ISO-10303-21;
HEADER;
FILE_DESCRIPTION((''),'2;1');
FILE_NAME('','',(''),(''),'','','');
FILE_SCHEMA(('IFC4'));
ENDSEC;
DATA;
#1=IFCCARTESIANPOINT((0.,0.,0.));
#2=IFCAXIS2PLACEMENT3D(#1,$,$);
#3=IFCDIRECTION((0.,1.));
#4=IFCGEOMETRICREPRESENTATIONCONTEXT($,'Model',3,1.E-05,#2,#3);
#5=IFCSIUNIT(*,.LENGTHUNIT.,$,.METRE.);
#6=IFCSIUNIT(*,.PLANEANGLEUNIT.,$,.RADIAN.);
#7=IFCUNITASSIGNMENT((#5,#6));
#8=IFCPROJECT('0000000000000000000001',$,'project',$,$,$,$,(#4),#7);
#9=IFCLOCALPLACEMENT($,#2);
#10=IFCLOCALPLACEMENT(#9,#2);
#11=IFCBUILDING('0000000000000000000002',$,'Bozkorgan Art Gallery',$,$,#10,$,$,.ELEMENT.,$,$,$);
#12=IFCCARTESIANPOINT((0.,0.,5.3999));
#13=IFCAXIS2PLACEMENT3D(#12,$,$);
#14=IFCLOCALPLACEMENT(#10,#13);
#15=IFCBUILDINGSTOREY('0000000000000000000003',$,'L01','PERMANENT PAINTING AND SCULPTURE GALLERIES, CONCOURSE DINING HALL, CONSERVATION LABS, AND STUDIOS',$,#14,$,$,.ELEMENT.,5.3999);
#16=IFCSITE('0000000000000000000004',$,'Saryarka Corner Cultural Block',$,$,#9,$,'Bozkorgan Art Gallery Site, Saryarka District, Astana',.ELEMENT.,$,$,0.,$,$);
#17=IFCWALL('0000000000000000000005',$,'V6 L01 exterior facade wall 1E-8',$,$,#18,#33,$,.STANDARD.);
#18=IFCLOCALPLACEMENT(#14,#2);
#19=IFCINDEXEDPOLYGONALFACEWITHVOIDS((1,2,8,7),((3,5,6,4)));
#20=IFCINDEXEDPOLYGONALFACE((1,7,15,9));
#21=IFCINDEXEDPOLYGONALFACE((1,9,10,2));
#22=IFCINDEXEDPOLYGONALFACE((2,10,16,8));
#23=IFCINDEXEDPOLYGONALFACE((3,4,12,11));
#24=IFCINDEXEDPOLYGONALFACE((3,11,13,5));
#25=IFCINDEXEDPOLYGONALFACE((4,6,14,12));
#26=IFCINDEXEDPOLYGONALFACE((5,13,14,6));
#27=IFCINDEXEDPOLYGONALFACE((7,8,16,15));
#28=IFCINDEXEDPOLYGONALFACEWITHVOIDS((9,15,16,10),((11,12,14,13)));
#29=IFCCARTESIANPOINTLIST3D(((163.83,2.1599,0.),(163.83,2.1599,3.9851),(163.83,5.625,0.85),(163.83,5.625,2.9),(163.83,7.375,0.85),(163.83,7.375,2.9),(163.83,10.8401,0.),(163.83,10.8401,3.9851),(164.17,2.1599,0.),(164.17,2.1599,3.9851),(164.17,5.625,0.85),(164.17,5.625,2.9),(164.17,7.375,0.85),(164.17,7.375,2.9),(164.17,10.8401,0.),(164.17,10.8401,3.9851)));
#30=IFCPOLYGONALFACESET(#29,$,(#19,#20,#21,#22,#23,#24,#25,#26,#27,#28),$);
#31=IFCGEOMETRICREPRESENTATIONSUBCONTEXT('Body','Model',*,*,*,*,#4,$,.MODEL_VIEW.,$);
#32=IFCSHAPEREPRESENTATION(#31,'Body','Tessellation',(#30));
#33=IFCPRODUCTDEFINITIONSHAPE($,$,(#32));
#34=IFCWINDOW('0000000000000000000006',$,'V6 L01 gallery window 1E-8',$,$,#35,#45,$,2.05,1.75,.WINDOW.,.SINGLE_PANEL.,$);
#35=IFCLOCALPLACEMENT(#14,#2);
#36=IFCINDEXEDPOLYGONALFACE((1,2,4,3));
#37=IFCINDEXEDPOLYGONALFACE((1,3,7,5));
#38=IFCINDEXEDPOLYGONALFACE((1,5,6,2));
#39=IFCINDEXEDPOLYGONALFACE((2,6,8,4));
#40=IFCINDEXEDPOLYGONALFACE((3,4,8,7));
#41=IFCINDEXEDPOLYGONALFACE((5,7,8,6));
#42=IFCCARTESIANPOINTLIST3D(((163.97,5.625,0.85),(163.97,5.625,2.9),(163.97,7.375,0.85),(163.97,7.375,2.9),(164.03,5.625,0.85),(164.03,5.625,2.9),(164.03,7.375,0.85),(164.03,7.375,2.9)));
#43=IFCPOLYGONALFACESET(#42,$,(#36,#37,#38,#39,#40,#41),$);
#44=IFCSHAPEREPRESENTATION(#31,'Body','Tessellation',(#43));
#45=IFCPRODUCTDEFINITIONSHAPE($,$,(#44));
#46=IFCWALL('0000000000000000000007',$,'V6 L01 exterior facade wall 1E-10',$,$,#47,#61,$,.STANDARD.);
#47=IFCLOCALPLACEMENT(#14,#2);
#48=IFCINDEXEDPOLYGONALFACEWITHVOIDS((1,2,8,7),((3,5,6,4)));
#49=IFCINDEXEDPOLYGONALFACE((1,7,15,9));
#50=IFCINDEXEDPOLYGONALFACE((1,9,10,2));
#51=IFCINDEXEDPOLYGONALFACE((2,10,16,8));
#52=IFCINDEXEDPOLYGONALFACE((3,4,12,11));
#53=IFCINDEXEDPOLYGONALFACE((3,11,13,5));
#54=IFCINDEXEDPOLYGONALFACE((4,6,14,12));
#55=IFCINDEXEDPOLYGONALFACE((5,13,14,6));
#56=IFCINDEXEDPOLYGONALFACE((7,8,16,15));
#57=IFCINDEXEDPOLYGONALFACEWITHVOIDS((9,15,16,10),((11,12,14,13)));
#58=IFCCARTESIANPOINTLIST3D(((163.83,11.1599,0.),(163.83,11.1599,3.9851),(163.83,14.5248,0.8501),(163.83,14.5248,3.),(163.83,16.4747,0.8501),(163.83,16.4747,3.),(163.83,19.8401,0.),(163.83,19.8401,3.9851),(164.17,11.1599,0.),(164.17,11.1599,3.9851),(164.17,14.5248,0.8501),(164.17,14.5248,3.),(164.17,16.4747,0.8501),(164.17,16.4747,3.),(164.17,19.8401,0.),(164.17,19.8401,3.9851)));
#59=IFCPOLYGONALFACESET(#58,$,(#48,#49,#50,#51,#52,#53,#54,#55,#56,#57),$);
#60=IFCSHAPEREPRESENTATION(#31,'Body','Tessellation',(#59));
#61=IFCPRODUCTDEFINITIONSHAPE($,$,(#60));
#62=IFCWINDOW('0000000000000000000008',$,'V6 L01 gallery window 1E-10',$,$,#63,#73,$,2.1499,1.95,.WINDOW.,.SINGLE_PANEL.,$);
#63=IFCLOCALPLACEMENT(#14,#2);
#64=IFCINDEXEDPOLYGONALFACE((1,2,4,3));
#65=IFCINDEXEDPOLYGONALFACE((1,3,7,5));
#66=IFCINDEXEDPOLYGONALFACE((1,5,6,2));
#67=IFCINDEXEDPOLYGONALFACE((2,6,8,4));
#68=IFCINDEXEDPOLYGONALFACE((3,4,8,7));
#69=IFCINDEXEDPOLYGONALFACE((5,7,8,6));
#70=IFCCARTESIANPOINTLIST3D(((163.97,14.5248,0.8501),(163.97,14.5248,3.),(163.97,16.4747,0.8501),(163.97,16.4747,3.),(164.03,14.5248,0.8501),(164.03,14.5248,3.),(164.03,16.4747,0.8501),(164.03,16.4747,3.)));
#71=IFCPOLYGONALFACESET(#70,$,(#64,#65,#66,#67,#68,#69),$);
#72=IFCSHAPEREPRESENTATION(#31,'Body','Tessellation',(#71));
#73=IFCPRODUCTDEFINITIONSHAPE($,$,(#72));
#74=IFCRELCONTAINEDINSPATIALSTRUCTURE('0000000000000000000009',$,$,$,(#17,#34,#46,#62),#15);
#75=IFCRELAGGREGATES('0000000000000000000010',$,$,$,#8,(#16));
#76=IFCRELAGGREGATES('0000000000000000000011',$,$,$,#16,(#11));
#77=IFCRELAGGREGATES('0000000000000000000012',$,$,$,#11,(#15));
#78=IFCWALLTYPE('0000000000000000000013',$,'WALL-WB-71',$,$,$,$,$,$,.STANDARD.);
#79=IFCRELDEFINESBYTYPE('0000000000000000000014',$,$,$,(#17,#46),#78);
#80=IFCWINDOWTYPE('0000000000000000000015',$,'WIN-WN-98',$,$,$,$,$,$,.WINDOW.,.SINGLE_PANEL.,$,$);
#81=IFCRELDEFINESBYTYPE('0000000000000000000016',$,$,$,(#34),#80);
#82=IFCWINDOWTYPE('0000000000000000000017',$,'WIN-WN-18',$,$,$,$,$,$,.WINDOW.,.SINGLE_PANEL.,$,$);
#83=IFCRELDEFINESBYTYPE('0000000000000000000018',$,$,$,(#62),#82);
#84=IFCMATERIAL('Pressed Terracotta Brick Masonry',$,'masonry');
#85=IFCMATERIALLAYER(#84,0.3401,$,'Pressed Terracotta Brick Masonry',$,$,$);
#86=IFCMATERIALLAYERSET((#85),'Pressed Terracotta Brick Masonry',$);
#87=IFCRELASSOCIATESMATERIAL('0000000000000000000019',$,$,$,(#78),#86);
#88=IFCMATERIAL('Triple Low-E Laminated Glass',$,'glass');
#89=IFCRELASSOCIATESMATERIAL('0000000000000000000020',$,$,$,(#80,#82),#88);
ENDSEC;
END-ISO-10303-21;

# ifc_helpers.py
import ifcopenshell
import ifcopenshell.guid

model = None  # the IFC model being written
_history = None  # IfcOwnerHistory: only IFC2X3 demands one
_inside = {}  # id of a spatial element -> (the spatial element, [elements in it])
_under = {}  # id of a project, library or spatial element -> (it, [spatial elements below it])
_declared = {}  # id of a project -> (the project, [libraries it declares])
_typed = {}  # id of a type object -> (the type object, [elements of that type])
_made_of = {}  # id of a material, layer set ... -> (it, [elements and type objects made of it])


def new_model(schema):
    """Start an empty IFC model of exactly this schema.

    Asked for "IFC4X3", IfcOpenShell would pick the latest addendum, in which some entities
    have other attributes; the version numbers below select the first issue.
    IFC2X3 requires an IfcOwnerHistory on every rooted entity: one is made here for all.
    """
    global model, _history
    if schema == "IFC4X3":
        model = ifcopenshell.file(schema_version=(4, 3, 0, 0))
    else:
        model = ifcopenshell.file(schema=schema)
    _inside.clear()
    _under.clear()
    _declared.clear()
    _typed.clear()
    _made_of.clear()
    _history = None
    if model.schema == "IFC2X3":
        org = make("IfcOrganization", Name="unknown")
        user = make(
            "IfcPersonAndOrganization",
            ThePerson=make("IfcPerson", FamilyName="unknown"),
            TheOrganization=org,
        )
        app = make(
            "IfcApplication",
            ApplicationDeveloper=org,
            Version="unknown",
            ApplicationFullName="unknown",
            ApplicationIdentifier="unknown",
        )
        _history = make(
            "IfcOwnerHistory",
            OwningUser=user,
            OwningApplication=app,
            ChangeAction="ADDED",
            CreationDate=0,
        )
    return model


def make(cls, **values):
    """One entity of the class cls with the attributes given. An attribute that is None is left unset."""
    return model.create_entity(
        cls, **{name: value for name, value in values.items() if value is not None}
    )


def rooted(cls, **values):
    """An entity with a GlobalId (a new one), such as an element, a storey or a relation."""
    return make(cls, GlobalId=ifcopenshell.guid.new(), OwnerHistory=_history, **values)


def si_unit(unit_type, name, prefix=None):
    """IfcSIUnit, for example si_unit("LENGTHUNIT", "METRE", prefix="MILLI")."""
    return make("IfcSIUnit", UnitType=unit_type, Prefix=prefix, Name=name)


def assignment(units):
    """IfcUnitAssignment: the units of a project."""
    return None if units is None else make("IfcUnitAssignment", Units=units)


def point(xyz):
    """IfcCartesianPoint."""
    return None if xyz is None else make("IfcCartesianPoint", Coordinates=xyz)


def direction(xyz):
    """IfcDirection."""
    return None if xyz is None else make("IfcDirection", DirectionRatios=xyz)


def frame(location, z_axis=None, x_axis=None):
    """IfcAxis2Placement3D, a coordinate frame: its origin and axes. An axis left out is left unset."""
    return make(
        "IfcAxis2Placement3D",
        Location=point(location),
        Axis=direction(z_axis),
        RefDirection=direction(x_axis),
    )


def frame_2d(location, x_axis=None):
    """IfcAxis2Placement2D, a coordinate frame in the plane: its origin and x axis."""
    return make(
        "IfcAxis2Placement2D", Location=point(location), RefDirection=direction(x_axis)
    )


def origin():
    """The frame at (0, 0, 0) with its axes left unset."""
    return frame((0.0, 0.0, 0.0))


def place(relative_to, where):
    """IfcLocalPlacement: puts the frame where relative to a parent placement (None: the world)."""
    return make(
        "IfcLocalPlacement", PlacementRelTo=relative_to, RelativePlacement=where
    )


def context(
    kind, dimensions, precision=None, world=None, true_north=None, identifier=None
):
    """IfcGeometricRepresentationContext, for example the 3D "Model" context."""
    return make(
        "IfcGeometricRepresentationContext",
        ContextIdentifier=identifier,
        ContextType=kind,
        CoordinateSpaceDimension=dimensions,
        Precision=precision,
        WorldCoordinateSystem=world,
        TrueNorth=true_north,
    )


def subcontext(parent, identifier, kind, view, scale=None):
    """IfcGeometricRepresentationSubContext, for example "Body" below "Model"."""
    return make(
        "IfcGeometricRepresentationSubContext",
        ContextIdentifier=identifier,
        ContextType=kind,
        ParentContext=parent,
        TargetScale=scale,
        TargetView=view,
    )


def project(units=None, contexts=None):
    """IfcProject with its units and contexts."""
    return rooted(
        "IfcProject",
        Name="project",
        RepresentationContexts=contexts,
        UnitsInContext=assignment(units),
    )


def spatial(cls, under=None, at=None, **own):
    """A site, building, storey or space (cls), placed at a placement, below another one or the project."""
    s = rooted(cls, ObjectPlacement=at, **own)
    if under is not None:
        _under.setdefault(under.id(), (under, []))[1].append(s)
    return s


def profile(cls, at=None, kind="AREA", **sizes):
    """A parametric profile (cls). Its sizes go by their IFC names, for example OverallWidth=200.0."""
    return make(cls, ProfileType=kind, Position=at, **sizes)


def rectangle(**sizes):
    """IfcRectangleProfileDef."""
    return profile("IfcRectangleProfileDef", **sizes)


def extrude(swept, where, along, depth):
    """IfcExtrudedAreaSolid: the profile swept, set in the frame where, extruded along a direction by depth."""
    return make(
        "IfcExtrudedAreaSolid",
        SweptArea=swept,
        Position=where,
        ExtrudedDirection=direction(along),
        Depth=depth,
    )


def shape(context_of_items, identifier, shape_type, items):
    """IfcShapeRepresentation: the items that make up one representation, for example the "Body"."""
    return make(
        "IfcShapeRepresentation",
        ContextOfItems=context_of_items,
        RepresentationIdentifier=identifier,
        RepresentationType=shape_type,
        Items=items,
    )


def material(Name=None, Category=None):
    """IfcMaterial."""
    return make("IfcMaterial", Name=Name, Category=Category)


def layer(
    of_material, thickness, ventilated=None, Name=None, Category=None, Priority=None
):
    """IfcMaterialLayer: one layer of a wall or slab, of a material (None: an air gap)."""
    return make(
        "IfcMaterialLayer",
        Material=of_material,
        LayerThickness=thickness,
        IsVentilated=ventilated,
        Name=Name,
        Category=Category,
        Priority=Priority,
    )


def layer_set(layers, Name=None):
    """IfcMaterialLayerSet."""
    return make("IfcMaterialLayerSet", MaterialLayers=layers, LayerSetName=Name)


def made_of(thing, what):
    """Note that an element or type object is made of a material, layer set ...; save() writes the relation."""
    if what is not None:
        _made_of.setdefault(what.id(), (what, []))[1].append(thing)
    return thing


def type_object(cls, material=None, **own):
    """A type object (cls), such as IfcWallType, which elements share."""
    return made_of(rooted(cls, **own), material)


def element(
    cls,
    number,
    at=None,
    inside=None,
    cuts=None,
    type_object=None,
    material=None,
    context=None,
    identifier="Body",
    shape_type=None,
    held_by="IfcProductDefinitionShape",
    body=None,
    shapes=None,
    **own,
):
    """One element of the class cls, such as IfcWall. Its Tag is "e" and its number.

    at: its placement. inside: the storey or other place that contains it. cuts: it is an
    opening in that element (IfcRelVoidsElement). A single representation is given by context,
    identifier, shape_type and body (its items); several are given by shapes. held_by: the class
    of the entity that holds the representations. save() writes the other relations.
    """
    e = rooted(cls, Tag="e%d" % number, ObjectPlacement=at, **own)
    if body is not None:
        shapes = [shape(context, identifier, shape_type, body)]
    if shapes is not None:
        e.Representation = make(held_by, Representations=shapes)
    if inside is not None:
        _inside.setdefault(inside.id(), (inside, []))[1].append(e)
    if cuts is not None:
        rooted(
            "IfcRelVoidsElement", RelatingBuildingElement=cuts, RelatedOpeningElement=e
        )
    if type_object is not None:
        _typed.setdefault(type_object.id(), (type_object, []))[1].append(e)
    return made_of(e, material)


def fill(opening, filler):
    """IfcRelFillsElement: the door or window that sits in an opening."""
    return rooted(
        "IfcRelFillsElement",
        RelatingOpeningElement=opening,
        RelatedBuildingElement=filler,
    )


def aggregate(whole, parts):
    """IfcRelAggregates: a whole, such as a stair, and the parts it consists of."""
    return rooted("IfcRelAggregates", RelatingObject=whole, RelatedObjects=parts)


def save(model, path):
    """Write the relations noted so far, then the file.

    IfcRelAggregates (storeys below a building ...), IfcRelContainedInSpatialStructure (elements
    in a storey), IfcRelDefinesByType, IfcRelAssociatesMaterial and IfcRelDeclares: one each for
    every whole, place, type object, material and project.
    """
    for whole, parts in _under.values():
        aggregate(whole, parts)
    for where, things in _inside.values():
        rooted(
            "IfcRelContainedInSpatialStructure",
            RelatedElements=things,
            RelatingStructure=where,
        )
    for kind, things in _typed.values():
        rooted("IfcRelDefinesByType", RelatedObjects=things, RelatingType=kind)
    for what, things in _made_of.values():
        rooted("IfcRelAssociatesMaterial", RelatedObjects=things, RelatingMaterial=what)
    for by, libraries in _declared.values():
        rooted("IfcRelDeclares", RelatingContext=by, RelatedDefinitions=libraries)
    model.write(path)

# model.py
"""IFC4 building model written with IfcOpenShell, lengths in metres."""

from ifc_helpers import new_model, si_unit, direction, frame, frame_2d, origin, place, context, subcontext, project, spatial, rectangle, extrude, material, layer, layer_set, type_object, element, fill, save


model = new_model("IFC4")

# Units and contexts
model_context = context("Model", 3, precision=1e-05, world=origin(), true_north=direction((0.0, 1.0)))
body_context = subcontext(model_context, "Body", "Model", "MODEL_VIEW")
ifc_project = project(units=[si_unit("LENGTHUNIT", "METRE"), si_unit("PLANEANGLEUNIT", "RADIAN")], contexts=[model_context])

# Site, building, storey
site_placement = place(None, origin())
site = spatial("IfcSite", under=ifc_project, at=site_placement, Name="Saryarka Corner Cultural Block", LongName="Bozkorgan Art Gallery Site, Saryarka District, Astana", CompositionType="ELEMENT", RefElevation=0.0)
building_placement = place(site_placement, origin())
building = spatial("IfcBuilding", under=site, at=building_placement, Name="Bozkorgan Art Gallery", CompositionType="ELEMENT")
storey_placement = place(building_placement, frame((0.0, 0.0, 5.3999)))
storey = spatial("IfcBuildingStorey", under=building, at=storey_placement, Name="L01", Description="PERMANENT PAINTING AND SCULPTURE GALLERIES, CONCOURSE DINING HALL, CONSERVATION LABS, AND STUDIOS", CompositionType="ELEMENT", Elevation=5.3999)

# Walls, openings, windows
ifc_material_1 = material(Name="Pressed Terracotta Brick Masonry", Category="masonry")
ifc_layer_1 = layer(ifc_material_1, 0.3401, Name="Pressed Terracotta Brick Masonry")
ifc_layer_set_1 = layer_set([ifc_layer_1], Name="Pressed Terracotta Brick Masonry")
wall_type_1 = type_object("IfcWallType", Name="WALL-WB-71", PredefinedType="STANDARD", material=ifc_layer_set_1)
ifc_material_2 = material(Name="Triple Low-E Laminated Glass", Category="glass")
wall_1_placement = place(storey_placement, frame((164.0, 2.1599, 0.0), z_axis=(0.0, 0.0, 1.0), x_axis=(0.0, 1.0, 0.0)))
wall_1 = element("IfcWall", 1, at=wall_1_placement, inside=storey, type_object=wall_type_1, Name="V6 L01 exterior facade wall 1E-8", PredefinedType="STANDARD", context=body_context, shape_type="SweptSolid", body=[
    extrude(rectangle(XDim=8.6802, YDim=0.3401, at=frame_2d((4.3401, 0.0))), origin(), (0.0, 0.0, 1.0), 3.9851),
])
opening_1_placement = place(wall_1_placement, frame((5.2151, 0.0, 0.8501), z_axis=(0.0, 0.0, 1.0), x_axis=(-1.0, 0.0, 0.0)))
opening_1 = element("IfcOpeningElement", 2, at=opening_1_placement, cuts=wall_1, PredefinedType="OPENING", context=body_context, shape_type="SweptSolid", body=[
    extrude(rectangle(XDim=1.75, YDim=2.05, at=frame_2d((0.875, 1.0249))), frame((0.0, 0.1802, 0.0), z_axis=(0.0, -1.0, 0.0), x_axis=(1.0, 0.0, 0.0)), (0.0, 0.0, 1.0), 0.3601),
])
window_type_1 = type_object("IfcWindowType", Name="WIN-WN-98", PartitioningType="SINGLE_PANEL", PredefinedType="WINDOW", material=ifc_material_2)
window_1_placement = place(opening_1_placement, origin())
window_1 = element("IfcWindow", 3, at=window_1_placement, inside=storey, type_object=window_type_1, Name="V6 L01 gallery window 1E-8", OverallHeight=2.05, OverallWidth=1.75, PartitioningType="SINGLE_PANEL", PredefinedType="WINDOW", context=body_context, shape_type="SweptSolid", body=[
    extrude(rectangle(XDim=1.75, YDim=2.05, at=frame_2d((0.875, 1.0249))), frame((0.0, 0.03, 0.0), z_axis=(0.0, -1.0, 0.0), x_axis=(1.0, 0.0, 0.0)), (0.0, 0.0, 1.0), 0.0601),
])
fill(opening_1, window_1)
wall_2_placement = place(storey_placement, frame((164.0, 11.1599, 0.0), z_axis=(0.0, 0.0, 1.0), x_axis=(0.0, 1.0, 0.0)))
wall_2 = element("IfcWall", 4, at=wall_2_placement, inside=storey, type_object=wall_type_1, Name="V6 L01 exterior facade wall 1E-10", PredefinedType="STANDARD", context=body_context, shape_type="SweptSolid", body=[
    extrude(rectangle(XDim=8.6802, YDim=0.3401, at=frame_2d((4.3401, 0.0))), origin(), (0.0, 0.0, 1.0), 3.9851),
])
opening_2_placement = place(wall_2_placement, frame((5.3149, 0.0, 0.8501), z_axis=(0.0, 0.0, 1.0), x_axis=(-1.0, 0.0, 0.0)))
opening_2 = element("IfcOpeningElement", 5, at=opening_2_placement, cuts=wall_2, PredefinedType="OPENING", context=body_context, shape_type="SweptSolid", body=[
    extrude(rectangle(XDim=1.95, YDim=2.1499, at=frame_2d((0.9751, 1.075))), frame((0.0, 0.1802, 0.0), z_axis=(0.0, -1.0, 0.0), x_axis=(1.0, 0.0, 0.0)), (0.0, 0.0, 1.0), 0.3601),
])
window_type_2 = type_object("IfcWindowType", Name="WIN-WN-18", PartitioningType="SINGLE_PANEL", PredefinedType="WINDOW", material=ifc_material_2)
window_2_placement = place(opening_2_placement, origin())
window_2 = element("IfcWindow", 6, at=window_2_placement, inside=storey, type_object=window_type_2, Name="V6 L01 gallery window 1E-10", OverallHeight=2.1499, OverallWidth=1.95, PartitioningType="SINGLE_PANEL", PredefinedType="WINDOW", context=body_context, shape_type="SweptSolid", body=[
    extrude(rectangle(XDim=1.95, YDim=2.1499, at=frame_2d((0.9751, 1.075))), frame((0.0, 0.03, 0.0), z_axis=(0.0, -1.0, 0.0), x_axis=(1.0, 0.0, 0.0)), (0.0, 0.0, 1.0), 0.0601),
])
fill(opening_2, window_2)

save(model, "model.ifc")
